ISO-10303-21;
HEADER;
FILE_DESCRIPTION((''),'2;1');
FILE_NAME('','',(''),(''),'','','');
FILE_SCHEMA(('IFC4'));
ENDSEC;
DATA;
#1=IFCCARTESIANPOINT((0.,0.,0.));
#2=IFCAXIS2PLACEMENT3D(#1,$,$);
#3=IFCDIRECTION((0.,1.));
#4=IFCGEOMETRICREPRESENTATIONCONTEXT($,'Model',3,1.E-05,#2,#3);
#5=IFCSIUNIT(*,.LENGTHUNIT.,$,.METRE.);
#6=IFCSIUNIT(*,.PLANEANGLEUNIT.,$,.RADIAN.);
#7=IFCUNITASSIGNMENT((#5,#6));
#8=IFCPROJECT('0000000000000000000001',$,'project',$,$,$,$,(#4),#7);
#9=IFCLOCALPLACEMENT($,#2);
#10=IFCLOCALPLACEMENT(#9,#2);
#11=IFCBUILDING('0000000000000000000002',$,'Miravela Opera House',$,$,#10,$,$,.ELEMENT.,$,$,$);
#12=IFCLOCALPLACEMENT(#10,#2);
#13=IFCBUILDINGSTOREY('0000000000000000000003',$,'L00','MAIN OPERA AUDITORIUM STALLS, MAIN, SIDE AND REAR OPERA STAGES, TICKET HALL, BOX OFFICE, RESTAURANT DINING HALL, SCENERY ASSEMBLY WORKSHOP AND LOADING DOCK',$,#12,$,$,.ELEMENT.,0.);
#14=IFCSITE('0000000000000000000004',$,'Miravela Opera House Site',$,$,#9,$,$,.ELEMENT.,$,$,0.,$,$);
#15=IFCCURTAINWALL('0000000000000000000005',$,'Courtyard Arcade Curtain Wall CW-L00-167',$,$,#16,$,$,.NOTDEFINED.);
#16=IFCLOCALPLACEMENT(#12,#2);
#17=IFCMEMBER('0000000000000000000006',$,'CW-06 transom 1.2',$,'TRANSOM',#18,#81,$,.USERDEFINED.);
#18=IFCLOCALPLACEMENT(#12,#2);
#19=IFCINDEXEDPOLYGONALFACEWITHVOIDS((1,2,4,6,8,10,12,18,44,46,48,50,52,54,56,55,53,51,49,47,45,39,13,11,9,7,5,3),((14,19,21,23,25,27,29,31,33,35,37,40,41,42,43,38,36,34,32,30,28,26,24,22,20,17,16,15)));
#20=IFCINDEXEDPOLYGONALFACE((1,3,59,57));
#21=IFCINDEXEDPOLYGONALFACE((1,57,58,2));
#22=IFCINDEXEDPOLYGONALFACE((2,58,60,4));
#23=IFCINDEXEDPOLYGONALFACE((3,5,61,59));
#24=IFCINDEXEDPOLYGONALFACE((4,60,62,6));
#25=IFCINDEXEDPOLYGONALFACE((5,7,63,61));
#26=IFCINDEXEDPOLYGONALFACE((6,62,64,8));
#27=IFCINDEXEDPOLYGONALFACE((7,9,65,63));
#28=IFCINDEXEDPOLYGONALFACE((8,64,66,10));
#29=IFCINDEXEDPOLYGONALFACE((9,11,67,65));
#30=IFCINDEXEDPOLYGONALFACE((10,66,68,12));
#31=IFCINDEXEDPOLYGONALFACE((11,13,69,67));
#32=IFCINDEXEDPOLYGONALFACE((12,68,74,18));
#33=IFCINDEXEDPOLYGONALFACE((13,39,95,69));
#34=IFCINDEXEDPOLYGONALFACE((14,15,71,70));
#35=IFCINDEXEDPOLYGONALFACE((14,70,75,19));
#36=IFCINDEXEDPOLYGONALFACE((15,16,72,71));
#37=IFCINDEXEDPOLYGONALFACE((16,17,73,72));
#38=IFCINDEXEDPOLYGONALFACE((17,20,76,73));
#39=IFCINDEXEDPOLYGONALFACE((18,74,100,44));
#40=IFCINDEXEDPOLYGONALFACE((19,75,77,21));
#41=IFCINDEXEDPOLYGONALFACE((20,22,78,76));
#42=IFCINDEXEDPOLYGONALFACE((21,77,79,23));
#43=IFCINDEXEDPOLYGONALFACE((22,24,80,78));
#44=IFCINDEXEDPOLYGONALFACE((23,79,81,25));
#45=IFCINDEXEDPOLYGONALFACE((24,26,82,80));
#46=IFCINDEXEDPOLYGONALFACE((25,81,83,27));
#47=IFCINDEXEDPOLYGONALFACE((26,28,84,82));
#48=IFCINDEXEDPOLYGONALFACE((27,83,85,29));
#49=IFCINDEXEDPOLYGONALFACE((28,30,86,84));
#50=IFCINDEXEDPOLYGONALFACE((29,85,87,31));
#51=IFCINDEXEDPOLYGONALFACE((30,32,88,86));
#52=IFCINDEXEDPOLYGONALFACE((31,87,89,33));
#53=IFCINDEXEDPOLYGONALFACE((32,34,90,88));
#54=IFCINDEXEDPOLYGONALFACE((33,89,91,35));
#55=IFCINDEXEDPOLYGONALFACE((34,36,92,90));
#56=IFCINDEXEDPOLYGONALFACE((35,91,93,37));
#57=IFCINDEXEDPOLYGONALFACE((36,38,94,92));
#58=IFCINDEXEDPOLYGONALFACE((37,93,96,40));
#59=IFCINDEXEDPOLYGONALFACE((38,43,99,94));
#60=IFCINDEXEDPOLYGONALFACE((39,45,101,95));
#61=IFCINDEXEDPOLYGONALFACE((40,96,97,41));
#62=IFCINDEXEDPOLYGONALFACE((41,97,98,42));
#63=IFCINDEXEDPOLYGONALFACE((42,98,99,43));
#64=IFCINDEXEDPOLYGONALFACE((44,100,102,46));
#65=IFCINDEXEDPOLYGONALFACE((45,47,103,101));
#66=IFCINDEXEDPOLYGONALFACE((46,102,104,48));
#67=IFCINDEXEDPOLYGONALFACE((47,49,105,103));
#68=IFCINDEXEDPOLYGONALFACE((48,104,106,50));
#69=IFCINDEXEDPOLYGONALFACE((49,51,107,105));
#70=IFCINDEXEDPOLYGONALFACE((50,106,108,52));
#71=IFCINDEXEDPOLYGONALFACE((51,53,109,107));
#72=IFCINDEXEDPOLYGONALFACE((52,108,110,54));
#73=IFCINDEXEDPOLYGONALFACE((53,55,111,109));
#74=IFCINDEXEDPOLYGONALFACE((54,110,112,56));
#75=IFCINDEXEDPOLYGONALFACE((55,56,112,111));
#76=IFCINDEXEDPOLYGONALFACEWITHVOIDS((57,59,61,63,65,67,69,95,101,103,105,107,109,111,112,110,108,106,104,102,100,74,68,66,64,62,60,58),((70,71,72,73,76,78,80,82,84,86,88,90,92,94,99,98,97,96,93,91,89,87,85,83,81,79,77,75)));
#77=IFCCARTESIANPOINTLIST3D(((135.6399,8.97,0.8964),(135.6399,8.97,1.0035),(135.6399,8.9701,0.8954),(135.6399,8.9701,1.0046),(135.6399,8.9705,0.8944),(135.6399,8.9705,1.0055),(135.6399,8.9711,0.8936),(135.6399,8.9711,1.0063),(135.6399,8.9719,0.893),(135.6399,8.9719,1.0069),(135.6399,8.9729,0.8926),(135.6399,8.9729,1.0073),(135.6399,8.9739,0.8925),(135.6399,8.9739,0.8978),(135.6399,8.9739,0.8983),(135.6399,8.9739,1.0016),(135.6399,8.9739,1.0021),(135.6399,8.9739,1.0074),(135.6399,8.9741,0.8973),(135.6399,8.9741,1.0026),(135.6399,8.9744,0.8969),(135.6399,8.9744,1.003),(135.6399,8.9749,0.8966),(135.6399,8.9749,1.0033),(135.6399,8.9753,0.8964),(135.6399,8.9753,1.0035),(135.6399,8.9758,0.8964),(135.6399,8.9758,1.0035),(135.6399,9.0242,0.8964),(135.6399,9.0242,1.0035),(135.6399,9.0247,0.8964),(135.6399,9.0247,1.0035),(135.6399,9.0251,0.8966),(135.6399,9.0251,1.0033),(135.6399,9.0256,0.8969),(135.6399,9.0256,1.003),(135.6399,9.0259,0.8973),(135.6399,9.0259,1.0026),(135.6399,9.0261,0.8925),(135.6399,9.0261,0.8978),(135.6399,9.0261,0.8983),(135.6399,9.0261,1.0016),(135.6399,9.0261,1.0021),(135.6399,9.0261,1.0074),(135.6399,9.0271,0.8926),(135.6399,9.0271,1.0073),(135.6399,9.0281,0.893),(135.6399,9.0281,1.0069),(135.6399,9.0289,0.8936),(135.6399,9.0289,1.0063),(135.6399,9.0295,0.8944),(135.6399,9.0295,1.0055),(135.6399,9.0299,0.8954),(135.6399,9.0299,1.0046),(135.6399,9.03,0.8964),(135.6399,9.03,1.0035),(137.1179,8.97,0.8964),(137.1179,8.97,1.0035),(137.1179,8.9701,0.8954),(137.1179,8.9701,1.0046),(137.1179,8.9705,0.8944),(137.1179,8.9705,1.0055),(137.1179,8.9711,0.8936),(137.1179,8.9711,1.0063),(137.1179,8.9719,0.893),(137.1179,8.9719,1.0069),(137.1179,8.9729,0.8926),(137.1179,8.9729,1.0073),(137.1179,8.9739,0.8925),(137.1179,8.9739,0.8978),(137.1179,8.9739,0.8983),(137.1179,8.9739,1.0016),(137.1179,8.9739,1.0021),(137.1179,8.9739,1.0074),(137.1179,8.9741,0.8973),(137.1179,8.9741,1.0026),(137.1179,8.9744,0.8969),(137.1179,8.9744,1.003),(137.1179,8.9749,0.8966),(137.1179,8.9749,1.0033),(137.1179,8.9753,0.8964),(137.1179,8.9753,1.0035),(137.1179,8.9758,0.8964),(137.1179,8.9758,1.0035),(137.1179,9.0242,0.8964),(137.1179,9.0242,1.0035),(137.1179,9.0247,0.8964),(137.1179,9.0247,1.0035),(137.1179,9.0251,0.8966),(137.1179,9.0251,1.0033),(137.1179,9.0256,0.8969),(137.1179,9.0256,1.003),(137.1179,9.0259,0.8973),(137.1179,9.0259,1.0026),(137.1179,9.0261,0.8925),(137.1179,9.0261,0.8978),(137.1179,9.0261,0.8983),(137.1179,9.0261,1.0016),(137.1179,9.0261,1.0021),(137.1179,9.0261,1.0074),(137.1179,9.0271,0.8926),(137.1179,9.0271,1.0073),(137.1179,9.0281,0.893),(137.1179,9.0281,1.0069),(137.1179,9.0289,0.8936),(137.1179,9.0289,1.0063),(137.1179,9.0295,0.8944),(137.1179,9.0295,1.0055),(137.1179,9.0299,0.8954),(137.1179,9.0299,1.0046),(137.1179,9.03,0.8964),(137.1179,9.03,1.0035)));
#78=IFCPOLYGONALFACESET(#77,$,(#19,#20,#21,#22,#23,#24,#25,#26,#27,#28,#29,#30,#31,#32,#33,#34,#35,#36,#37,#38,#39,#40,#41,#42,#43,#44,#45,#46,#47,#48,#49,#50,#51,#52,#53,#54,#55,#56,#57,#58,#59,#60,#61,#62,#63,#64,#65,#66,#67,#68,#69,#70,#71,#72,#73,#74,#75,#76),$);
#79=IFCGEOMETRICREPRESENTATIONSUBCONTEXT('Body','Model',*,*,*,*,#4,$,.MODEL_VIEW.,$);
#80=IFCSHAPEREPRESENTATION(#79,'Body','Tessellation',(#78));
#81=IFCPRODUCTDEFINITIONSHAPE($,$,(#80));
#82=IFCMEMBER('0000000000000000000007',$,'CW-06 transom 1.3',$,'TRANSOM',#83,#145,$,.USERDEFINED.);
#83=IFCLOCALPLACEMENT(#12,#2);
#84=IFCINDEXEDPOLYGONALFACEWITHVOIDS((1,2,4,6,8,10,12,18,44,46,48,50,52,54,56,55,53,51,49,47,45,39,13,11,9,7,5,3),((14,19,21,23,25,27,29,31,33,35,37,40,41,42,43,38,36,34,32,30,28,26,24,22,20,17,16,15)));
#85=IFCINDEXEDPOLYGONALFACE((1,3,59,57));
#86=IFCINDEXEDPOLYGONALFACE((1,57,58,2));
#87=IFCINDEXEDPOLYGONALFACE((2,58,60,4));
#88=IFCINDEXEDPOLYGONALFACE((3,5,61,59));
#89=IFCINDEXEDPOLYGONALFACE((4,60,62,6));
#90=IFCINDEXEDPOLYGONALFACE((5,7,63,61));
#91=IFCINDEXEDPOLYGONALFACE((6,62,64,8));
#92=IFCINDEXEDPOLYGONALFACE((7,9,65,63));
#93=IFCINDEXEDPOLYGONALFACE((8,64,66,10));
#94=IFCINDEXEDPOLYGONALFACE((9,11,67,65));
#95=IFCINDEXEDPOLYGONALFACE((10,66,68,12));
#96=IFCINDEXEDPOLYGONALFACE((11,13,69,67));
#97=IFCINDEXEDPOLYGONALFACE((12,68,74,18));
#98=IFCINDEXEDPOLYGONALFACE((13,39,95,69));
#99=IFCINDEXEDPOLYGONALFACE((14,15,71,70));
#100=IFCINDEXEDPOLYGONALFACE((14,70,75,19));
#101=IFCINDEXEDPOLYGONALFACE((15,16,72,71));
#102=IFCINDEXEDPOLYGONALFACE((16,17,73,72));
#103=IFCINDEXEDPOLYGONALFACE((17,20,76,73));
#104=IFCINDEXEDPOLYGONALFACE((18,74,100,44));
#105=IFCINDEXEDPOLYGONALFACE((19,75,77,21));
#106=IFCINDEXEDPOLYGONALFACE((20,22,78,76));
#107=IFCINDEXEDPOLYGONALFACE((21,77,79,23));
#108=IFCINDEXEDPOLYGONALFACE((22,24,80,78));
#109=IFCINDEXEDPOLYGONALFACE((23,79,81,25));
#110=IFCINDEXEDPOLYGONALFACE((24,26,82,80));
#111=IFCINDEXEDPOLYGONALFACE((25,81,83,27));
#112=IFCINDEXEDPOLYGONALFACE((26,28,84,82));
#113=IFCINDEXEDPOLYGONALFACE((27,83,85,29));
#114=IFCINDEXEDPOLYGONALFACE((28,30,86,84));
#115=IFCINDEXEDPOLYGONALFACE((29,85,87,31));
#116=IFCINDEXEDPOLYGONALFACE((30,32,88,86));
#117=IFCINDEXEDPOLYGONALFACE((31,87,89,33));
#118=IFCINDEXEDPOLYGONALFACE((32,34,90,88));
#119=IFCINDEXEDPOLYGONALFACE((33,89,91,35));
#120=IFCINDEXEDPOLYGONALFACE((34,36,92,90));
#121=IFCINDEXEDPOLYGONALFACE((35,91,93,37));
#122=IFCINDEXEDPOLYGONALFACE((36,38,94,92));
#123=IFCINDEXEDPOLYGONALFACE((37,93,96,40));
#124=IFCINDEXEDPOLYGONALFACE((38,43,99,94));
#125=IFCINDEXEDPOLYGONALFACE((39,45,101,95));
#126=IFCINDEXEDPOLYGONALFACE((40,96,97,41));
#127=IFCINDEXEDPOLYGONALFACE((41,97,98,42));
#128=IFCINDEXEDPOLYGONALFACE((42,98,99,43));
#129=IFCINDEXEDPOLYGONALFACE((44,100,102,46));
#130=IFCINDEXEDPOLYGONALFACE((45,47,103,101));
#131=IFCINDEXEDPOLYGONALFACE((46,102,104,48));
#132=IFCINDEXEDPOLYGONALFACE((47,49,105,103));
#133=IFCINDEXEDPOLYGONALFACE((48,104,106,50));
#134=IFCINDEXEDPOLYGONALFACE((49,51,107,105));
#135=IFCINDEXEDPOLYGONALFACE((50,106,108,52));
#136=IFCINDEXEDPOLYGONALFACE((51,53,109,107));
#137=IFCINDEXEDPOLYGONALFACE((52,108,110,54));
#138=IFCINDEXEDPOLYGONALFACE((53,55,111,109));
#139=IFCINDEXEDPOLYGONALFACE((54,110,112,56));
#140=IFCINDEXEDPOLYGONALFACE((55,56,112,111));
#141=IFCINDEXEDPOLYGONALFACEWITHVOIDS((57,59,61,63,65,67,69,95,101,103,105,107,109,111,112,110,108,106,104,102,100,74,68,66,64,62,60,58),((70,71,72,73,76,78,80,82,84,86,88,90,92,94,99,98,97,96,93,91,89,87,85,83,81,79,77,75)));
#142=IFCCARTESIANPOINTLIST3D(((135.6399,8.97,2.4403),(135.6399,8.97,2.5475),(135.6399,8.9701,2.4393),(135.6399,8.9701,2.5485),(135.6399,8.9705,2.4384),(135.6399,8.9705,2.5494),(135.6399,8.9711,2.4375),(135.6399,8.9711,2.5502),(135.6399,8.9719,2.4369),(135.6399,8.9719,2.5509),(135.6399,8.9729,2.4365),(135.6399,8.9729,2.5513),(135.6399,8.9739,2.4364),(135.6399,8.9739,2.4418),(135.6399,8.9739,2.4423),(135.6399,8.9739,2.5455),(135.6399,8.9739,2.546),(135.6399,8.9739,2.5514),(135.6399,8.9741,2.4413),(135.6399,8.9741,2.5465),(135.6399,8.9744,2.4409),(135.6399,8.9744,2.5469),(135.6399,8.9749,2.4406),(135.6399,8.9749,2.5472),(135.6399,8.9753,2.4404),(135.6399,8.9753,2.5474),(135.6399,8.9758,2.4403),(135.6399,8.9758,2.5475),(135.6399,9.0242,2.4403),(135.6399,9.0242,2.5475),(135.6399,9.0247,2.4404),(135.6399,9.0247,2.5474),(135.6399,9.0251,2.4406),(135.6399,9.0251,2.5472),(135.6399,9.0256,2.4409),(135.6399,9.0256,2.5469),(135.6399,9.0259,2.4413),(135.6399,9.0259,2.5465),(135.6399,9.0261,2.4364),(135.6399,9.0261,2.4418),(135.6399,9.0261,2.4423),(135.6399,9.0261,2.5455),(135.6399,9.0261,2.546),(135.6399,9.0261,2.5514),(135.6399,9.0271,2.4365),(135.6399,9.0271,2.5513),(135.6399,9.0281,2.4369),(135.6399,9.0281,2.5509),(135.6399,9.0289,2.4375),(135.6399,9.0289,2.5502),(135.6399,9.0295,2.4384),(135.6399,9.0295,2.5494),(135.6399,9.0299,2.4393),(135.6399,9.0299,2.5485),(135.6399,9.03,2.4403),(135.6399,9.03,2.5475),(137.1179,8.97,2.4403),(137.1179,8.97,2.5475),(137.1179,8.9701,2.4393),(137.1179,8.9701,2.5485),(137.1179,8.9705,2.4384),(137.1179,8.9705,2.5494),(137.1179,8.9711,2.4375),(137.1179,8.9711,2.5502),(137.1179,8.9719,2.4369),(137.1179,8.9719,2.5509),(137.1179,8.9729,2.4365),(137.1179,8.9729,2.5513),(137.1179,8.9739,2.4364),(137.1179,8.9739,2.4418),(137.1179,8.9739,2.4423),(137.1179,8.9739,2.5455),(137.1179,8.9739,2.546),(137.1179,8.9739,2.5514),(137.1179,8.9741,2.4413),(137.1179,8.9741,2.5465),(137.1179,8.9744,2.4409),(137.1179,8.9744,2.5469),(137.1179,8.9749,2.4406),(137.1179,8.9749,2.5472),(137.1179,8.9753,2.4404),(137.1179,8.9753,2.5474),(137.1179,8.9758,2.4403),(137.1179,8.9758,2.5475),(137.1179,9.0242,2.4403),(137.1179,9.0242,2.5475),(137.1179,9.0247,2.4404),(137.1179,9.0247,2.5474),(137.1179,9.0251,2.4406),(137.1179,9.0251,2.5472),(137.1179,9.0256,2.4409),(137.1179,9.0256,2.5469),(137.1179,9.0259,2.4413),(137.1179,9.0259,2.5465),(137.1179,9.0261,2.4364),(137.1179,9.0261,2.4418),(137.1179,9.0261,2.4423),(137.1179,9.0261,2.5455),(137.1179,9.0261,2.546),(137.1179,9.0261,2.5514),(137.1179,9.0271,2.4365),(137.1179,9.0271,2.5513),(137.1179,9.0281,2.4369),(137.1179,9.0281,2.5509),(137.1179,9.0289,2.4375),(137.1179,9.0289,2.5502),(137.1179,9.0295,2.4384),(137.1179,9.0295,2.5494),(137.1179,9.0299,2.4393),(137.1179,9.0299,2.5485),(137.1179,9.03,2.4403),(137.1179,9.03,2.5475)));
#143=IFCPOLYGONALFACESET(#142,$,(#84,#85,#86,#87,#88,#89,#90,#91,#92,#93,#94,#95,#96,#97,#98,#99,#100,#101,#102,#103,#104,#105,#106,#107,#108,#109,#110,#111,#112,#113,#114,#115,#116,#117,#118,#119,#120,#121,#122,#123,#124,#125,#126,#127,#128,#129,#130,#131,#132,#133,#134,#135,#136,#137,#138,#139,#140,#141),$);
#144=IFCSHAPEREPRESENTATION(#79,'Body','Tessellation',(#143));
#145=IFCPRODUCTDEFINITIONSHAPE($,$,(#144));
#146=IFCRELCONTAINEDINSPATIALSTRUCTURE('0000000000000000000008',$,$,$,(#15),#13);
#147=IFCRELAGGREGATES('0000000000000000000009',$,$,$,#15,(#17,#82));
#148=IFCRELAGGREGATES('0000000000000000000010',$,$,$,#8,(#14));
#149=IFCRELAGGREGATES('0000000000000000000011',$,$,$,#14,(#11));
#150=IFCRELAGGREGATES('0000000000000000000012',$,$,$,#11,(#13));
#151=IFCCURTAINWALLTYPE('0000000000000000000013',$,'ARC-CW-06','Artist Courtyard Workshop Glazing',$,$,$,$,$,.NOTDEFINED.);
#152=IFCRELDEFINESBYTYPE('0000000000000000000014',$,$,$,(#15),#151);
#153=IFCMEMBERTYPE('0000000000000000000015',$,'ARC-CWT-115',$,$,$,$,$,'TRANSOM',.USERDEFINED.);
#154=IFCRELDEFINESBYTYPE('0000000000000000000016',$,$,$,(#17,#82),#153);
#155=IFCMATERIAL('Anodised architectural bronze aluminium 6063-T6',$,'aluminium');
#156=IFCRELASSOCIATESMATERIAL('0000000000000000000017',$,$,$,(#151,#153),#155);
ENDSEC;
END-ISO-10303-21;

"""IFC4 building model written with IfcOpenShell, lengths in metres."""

from ifc_helpers import new_model, si_unit, direction, frame, origin, origin_2d, place, context, subcontext, project, spatial, hollow_rectangle, extrude, material, material_profile, profile_set, type_object, element, aggregate, save


model = new_model("IFC4")

# Units and contexts
model_context = context("Model", 3, precision=1e-05, world=origin(), true_north=direction((0.0, 1.0)))
body_context = subcontext(model_context, "Body", "Model", "MODEL_VIEW")
ifc_project = project(units=[si_unit("LENGTHUNIT", "METRE"), si_unit("PLANEANGLEUNIT", "RADIAN")], contexts=[model_context])

# Site, building, storey
site_placement = place(None, origin())
site = spatial("IfcSite", under=ifc_project, at=site_placement, Name="Miravela Opera House Site", CompositionType="ELEMENT", RefElevation=0.0)
building_placement = place(site_placement, origin())
building = spatial("IfcBuilding", under=site, at=building_placement, Name="Miravela Opera House", CompositionType="ELEMENT")
storey_placement = place(building_placement, origin())
storey = spatial("IfcBuildingStorey", under=building, at=storey_placement, Name="L00", Description="MAIN OPERA AUDITORIUM STALLS, MAIN, SIDE AND REAR OPERA STAGES, TICKET HALL, BOX OFFICE, RESTAURANT DINING HALL, SCENERY ASSEMBLY WORKSHOP AND LOADING DOCK", CompositionType="ELEMENT", Elevation=0.0)

# Shared definitions
ifc_material_1 = material(Name="Anodised architectural bronze aluminium 6063-T6", Category="aluminium")
curtain_wall_type = type_object("IfcCurtainWallType", Name="ARC-CW-06", Description="Artist Courtyard Workshop Glazing", PredefinedType="NOTDEFINED", material=ifc_material_1)

# Curtain wall, members
curtain_wall_1_placement = place(storey_placement, origin())
curtain_wall_1 = element("IfcCurtainWall", 1, at=curtain_wall_1_placement, inside=storey, type_object=curtain_wall_type, Name="Courtyard Arcade Curtain Wall CW-L00-167", PredefinedType="NOTDEFINED")
ifc_material_profile_1 = material_profile(ifc_material_1, hollow_rectangle(XDim=0.0601, YDim=0.115, WallThickness=0.0039, InnerFilletRadius=0.002, OuterFilletRadius=0.0039, at=origin_2d()), Name="CWT-60X115")
ifc_profile_set_1 = profile_set([ifc_material_profile_1])
member_type_1 = type_object("IfcMemberType", Name="ARC-CWT-115", ElementType="TRANSOM", PredefinedType="USERDEFINED", material=ifc_profile_set_1)
member_1_placement = place(storey_placement, frame((135.6399, 9.0, 0.95), z_axis=(1.0, 0.0, 0.0), x_axis=(0.0, 1.0, 0.0)))
member_1 = element("IfcMember", 2, at=member_1_placement, type_object=member_type_1, Name="CW-06 transom 1.2", ObjectType="TRANSOM", PredefinedType="USERDEFINED", context=body_context, shape_type="SweptSolid", body=[
    extrude(hollow_rectangle(XDim=0.0601, YDim=0.115, WallThickness=0.0039, InnerFilletRadius=0.002, OuterFilletRadius=0.0039, at=origin_2d()), origin(), (0.0, 0.0, 1.0), 1.478),
])
member_2_placement = place(storey_placement, frame((135.6399, 9.0, 2.4939), z_axis=(1.0, 0.0, 0.0), x_axis=(0.0, 1.0, 0.0)))
member_2 = element("IfcMember", 3, at=member_2_placement, type_object=member_type_1, Name="CW-06 transom 1.3", ObjectType="TRANSOM", PredefinedType="USERDEFINED", context=body_context, shape_type="SweptSolid", body=[
    extrude(hollow_rectangle(XDim=0.0601, YDim=0.115, WallThickness=0.0039, InnerFilletRadius=0.002, OuterFilletRadius=0.0039, at=origin_2d()), origin(), (0.0, 0.0, 1.0), 1.478),
])

aggregate(curtain_wall_1, [member_1, member_2])

save(model, "model.ifc")
